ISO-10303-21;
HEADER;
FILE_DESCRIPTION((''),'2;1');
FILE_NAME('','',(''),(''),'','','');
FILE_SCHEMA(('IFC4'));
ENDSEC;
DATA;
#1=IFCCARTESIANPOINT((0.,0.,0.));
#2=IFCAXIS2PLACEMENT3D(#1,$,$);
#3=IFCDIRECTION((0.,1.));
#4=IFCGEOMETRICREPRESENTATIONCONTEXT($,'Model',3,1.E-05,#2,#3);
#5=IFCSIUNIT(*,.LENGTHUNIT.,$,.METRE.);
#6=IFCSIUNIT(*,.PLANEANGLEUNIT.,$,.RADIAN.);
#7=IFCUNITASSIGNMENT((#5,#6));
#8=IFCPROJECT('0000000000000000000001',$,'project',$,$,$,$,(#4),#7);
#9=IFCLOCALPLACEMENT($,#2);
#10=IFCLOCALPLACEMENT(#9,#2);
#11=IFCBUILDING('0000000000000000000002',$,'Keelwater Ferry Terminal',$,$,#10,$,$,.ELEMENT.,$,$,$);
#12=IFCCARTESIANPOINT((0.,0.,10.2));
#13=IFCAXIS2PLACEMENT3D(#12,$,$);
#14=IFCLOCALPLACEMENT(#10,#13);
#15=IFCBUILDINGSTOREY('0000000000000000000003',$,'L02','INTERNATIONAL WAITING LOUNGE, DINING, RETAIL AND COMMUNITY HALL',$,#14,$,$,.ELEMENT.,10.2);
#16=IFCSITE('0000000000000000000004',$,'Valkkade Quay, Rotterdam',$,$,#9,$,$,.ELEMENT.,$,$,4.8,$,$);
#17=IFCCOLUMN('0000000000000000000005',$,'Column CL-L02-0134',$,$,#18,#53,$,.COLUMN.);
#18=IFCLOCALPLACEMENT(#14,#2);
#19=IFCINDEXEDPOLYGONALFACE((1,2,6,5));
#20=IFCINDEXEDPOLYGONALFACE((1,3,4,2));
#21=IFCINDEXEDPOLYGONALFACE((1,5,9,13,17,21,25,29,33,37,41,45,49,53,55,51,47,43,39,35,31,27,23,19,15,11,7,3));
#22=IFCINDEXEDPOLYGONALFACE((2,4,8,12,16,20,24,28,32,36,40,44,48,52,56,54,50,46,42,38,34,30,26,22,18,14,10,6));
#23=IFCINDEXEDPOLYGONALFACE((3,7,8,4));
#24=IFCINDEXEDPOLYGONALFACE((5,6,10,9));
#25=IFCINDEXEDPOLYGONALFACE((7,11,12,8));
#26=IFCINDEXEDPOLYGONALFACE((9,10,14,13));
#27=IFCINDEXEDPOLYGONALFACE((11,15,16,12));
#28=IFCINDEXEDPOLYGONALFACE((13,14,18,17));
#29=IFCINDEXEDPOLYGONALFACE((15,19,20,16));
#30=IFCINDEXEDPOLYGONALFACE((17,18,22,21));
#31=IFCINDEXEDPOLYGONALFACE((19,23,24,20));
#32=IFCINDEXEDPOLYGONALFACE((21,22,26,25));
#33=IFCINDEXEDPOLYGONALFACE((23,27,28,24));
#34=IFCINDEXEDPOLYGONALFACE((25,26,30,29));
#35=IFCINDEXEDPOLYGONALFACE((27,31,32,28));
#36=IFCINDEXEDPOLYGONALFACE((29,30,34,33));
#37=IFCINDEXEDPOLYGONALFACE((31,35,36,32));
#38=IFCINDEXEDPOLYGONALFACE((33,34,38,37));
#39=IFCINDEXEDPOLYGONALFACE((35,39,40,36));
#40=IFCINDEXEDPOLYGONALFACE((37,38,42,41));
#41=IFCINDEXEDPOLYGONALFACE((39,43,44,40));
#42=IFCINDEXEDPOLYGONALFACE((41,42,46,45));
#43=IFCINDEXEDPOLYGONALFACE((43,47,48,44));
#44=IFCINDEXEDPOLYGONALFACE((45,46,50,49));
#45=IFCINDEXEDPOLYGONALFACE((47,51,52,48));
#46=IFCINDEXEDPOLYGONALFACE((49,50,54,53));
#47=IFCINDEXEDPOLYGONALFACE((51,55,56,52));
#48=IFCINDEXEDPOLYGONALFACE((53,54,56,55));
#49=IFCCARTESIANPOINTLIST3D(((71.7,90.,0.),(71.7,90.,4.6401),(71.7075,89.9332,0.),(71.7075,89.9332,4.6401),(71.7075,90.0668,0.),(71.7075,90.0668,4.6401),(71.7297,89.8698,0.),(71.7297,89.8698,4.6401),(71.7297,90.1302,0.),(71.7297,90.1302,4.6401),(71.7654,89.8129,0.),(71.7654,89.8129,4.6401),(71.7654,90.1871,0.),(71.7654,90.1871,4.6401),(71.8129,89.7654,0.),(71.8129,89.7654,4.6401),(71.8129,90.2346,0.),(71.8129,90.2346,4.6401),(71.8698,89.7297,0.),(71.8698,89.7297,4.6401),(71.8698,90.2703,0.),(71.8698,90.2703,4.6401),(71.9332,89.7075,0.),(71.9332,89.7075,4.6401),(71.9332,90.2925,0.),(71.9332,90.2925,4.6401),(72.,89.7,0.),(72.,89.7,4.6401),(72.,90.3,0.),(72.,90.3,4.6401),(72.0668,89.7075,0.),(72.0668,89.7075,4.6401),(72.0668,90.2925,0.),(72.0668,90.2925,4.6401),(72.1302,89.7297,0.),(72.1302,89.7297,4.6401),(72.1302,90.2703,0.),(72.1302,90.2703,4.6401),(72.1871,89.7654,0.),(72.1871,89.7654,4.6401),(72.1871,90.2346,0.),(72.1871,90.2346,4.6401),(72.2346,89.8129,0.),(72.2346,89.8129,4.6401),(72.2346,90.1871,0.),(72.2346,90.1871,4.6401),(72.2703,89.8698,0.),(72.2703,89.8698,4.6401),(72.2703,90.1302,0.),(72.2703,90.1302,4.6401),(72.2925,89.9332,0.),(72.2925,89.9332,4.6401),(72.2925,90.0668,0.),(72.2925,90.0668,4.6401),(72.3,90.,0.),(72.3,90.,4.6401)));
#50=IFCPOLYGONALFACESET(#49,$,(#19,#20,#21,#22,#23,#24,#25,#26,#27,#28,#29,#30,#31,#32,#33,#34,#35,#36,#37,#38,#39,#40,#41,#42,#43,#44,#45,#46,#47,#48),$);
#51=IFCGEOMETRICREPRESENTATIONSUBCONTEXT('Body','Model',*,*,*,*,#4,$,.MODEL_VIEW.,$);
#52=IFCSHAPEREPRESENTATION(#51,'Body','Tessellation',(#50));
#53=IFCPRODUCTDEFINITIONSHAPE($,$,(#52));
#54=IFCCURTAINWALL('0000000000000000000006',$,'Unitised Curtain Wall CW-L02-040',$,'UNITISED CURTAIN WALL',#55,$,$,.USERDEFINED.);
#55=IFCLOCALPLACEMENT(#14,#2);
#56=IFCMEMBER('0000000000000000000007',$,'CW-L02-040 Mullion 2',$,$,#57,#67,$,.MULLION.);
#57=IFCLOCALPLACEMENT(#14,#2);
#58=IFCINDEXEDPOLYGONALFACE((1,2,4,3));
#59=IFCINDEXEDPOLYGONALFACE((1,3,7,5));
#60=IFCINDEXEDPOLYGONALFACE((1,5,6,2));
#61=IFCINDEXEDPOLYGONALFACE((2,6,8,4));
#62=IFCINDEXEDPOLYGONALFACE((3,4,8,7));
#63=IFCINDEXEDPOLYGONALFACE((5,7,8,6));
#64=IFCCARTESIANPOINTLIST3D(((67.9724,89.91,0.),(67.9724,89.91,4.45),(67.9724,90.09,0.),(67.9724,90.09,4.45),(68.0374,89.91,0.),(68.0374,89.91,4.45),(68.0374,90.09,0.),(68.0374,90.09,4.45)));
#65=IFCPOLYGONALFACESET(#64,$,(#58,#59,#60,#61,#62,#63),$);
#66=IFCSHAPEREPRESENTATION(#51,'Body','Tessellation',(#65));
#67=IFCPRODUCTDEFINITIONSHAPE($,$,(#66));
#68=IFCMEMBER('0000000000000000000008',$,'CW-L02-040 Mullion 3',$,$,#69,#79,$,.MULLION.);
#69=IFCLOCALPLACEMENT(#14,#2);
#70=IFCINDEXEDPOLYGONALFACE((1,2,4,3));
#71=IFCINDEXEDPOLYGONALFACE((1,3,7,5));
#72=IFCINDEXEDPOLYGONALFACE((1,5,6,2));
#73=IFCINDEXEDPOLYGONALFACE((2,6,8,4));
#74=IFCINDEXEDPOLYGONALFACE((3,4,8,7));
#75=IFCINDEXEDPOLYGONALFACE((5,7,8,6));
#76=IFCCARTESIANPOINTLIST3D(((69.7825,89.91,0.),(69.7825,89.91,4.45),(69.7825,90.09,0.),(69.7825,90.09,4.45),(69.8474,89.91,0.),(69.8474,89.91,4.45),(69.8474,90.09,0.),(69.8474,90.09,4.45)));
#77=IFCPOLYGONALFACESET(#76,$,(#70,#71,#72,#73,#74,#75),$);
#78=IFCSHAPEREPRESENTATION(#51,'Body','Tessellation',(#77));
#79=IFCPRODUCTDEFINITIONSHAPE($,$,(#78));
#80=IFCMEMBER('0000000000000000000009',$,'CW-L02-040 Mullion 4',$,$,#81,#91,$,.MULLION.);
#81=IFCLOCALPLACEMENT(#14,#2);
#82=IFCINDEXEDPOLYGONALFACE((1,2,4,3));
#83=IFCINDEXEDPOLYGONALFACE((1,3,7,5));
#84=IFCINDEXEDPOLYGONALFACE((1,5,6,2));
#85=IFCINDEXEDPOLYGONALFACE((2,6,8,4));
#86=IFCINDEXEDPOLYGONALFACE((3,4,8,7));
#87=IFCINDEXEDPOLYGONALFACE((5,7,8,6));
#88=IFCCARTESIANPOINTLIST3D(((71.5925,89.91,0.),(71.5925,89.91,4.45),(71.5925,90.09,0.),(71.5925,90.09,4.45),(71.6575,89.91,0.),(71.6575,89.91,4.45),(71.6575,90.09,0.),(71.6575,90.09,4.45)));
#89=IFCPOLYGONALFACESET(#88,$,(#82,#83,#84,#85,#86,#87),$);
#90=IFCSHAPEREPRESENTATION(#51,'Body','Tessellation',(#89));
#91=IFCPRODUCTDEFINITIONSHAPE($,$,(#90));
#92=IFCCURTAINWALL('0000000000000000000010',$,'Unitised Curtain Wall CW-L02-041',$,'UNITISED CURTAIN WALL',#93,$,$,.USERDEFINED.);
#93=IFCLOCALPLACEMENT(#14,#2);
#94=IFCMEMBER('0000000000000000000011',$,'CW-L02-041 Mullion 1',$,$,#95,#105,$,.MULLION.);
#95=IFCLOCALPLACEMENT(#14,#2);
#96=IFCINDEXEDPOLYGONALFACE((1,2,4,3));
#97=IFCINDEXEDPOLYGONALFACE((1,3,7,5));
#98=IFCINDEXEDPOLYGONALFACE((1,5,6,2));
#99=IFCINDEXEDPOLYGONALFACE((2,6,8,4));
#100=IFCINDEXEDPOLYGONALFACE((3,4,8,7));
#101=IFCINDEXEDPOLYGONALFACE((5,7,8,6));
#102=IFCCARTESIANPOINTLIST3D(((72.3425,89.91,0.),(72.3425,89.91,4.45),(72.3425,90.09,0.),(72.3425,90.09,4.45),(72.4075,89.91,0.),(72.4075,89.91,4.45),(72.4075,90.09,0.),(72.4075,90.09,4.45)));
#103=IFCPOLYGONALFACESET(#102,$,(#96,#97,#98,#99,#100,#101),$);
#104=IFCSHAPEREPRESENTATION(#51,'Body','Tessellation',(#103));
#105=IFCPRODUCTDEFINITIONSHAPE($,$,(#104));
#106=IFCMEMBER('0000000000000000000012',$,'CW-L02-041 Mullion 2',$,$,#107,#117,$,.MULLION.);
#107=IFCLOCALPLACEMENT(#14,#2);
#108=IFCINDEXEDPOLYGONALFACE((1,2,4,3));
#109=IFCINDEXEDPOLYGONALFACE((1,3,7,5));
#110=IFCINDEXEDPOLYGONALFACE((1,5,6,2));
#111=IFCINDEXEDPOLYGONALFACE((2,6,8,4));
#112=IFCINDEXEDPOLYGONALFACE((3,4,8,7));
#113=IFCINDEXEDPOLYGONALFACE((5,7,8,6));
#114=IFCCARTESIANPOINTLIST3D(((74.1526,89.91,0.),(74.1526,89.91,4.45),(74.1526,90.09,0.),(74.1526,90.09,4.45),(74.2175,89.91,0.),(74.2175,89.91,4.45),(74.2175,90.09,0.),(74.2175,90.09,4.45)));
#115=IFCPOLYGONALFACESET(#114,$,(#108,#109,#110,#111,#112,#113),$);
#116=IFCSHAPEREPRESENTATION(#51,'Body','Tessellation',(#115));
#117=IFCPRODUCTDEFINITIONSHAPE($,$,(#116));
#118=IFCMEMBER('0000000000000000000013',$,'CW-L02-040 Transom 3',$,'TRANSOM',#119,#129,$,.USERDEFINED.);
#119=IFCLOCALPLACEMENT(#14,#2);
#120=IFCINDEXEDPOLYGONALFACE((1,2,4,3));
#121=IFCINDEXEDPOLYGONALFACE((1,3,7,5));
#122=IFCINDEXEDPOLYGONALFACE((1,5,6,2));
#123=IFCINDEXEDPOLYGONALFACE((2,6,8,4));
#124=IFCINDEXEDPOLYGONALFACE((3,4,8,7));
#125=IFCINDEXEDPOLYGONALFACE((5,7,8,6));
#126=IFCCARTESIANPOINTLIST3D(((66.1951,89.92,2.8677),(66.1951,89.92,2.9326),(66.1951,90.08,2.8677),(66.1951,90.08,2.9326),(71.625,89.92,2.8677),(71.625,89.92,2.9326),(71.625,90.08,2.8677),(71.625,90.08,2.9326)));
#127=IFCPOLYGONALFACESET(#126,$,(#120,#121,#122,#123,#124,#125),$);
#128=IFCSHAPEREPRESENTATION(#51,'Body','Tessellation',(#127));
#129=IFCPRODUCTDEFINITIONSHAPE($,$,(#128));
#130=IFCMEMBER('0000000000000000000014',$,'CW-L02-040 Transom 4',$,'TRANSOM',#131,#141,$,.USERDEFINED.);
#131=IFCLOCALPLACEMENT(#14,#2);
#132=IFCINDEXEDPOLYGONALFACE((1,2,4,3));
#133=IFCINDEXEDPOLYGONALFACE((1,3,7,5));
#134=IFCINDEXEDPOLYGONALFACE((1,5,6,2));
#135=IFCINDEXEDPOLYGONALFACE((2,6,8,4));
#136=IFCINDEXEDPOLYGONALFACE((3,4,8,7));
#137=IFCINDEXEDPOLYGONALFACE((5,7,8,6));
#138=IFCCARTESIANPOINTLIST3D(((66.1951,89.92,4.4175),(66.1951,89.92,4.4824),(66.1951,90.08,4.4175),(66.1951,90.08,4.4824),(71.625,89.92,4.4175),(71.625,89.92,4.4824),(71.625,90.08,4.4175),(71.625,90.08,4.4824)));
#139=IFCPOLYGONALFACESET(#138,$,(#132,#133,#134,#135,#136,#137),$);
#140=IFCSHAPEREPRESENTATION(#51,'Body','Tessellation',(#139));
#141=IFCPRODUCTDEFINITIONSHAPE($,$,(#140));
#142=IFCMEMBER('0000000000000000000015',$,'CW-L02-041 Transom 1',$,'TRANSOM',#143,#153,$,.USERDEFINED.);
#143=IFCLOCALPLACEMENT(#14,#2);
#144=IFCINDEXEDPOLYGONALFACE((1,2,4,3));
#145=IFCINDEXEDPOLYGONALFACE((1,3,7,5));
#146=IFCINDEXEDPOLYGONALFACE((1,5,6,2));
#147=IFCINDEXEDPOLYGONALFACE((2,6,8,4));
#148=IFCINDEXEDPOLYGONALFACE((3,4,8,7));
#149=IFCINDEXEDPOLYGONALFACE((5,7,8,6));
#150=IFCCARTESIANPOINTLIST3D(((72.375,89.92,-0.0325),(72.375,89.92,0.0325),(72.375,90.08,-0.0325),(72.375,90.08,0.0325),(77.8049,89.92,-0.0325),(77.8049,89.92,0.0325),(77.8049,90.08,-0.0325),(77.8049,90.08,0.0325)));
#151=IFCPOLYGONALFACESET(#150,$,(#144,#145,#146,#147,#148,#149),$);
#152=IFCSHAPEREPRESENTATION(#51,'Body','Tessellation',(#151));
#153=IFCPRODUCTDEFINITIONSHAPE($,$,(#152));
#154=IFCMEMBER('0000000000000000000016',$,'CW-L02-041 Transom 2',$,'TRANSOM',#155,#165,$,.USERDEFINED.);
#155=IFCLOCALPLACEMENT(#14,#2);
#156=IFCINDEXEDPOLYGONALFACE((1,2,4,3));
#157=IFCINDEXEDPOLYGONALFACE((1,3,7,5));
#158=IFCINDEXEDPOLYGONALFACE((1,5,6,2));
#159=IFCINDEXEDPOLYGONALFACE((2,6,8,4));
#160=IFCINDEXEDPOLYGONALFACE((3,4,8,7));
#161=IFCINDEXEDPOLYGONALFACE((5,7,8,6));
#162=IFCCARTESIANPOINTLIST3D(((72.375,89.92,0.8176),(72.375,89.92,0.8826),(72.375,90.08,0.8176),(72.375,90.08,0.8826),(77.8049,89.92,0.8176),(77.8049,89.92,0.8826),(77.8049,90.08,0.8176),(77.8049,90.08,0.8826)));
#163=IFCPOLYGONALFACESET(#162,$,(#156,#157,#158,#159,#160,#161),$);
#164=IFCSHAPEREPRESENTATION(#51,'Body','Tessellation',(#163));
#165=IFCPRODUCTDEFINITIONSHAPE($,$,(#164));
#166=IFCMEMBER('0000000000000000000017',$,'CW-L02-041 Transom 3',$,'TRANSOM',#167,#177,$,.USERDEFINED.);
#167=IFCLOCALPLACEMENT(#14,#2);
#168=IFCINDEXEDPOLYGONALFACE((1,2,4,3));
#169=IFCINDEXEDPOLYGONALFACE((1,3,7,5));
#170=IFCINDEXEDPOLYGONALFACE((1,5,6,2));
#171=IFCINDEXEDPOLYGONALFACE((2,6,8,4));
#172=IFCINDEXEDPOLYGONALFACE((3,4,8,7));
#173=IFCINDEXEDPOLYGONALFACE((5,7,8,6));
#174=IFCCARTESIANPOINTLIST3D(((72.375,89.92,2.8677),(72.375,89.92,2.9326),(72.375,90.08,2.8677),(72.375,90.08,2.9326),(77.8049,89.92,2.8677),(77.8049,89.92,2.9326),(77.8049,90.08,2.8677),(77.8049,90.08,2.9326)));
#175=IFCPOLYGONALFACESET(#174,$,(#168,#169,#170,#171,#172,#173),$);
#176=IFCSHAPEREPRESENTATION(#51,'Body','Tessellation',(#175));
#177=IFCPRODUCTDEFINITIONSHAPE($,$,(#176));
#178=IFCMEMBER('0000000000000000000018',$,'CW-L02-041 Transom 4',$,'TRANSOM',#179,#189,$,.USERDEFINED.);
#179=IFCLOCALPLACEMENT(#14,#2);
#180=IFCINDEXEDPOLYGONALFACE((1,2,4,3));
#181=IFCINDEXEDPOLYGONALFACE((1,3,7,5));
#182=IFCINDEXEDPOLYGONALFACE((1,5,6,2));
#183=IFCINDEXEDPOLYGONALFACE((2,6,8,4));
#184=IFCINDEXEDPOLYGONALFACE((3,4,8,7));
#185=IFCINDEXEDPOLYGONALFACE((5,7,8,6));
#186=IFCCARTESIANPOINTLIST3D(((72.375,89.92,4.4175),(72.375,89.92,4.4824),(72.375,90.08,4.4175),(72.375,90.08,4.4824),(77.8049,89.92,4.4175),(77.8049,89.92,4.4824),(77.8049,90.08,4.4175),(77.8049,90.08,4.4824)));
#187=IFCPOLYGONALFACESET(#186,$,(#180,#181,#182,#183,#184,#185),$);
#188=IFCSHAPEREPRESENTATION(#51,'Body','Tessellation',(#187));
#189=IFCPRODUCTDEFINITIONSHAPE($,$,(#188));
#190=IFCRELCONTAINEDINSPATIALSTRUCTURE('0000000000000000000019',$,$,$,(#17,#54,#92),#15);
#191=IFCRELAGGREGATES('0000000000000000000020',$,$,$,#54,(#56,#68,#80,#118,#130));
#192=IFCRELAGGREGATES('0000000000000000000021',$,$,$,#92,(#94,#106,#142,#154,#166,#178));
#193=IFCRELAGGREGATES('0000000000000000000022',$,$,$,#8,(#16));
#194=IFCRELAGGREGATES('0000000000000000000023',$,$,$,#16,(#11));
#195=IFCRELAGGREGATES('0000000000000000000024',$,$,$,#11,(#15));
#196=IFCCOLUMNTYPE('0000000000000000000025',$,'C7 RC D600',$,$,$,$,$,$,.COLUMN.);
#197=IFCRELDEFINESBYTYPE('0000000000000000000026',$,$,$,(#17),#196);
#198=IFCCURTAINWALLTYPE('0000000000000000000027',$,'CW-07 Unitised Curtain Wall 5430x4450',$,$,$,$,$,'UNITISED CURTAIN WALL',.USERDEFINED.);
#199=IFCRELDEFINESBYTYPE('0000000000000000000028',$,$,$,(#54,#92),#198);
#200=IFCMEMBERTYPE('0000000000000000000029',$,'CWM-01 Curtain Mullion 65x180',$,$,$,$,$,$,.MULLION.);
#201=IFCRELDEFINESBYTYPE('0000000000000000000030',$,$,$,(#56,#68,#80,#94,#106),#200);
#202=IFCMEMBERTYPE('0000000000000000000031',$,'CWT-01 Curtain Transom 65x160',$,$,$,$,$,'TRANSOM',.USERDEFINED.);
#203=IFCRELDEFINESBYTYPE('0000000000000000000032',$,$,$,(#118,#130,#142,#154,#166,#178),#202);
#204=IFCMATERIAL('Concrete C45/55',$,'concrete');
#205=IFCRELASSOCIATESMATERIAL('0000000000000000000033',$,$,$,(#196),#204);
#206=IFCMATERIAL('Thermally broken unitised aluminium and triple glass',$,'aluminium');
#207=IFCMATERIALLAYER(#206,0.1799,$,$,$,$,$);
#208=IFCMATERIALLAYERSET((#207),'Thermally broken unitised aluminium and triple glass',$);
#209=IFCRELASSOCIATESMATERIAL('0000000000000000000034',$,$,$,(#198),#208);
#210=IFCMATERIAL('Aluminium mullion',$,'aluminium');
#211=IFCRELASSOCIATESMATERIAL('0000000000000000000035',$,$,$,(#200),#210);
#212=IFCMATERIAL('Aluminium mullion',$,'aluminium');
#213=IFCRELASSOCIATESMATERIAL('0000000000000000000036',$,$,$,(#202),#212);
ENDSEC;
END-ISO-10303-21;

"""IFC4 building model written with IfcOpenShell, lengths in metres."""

from ifc_helpers import new_model, si_unit, direction, frame, origin, origin_2d, place, context, subcontext, project, spatial, rectangle, circle, extrude, material, layer, layer_set, material_profile, profile_set, type_object, element, aggregate, save


model = new_model("IFC4")

# Units and contexts
model_context = context("Model", 3, precision=1e-05, world=origin(), true_north=direction((0.0, 1.0)))
body_context = subcontext(model_context, "Body", "Model", "MODEL_VIEW")
ifc_project = project(units=[si_unit("LENGTHUNIT", "METRE"), si_unit("PLANEANGLEUNIT", "RADIAN")], contexts=[model_context])

# Site, building, storey
site_placement = place(None, origin())
site = spatial("IfcSite", under=ifc_project, at=site_placement, Name="Valkkade Quay, Rotterdam", CompositionType="ELEMENT", RefElevation=4.8)
building_placement = place(site_placement, origin())
building = spatial("IfcBuilding", under=site, at=building_placement, Name="Keelwater Ferry Terminal", CompositionType="ELEMENT")
storey_placement = place(building_placement, frame((0.0, 0.0, 10.2)))
storey = spatial("IfcBuildingStorey", under=building, at=storey_placement, Name="L02", Description="INTERNATIONAL WAITING LOUNGE, DINING, RETAIL AND COMMUNITY HALL", CompositionType="ELEMENT", Elevation=10.2)

# Column
ifc_material_1 = material(Name="Concrete C45/55", Category="concrete")
ifc_material_profile_1 = material_profile(ifc_material_1, circle(Radius=0.3, at=origin_2d()), Name="RC D600")
ifc_profile_set_1 = profile_set([ifc_material_profile_1], Name="Concrete C45/55")
column_type = type_object("IfcColumnType", Name="C7 RC D600", PredefinedType="COLUMN", material=ifc_profile_set_1)
column_placement = place(storey_placement, frame((72.0, 90.0, 0.0), z_axis=(0.0, 0.0, 1.0), x_axis=(1.0, 0.0, 0.0)))
element("IfcColumn", 1, at=column_placement, inside=storey, type_object=column_type, Name="Column CL-L02-0134", PredefinedType="COLUMN", context=body_context, shape_type="SweptSolid", body=[
    extrude(circle(Radius=0.3, at=origin_2d()), origin(), (0.0, 0.0, 1.0), 4.6401),
])

# Curtain walls, members
ifc_material_2 = material(Name="Thermally broken unitised aluminium and triple glass", Category="aluminium")
ifc_layer_1 = layer(ifc_material_2, 0.1799)
ifc_layer_set_1 = layer_set([ifc_layer_1], Name="Thermally broken unitised aluminium and triple glass")
curtain_wall_type = type_object("IfcCurtainWallType", Name="CW-07 Unitised Curtain Wall 5430x4450", ElementType="UNITISED CURTAIN WALL", PredefinedType="USERDEFINED", material=ifc_layer_set_1)
curtain_wall_1_placement = place(storey_placement, origin())
curtain_wall_1 = element("IfcCurtainWall", 2, at=curtain_wall_1_placement, inside=storey, type_object=curtain_wall_type, Name="Unitised Curtain Wall CW-L02-040", ObjectType="UNITISED CURTAIN WALL", PredefinedType="USERDEFINED")
ifc_material_3 = material(Name="Aluminium mullion", Category="aluminium")
ifc_material_profile_2 = material_profile(ifc_material_3, rectangle(XDim=0.0649, YDim=0.1799, at=origin_2d()), Name="CWM-01")
ifc_profile_set_2 = profile_set([ifc_material_profile_2], Name="Aluminium mullion")
member_type_1 = type_object("IfcMemberType", Name="CWM-01 Curtain Mullion 65x180", PredefinedType="MULLION", material=ifc_profile_set_2)
member_1_placement = place(storey_placement, frame((68.0049, 90.0, 0.0), z_axis=(0.0, 0.0, 1.0), x_axis=(1.0, 0.0, 0.0)))
member_1 = element("IfcMember", 3, at=member_1_placement, type_object=member_type_1, Name="CW-L02-040 Mullion 2", PredefinedType="MULLION", context=body_context, shape_type="SweptSolid", body=[
    extrude(rectangle(XDim=0.0649, YDim=0.1799, at=origin_2d()), origin(), (0.0, 0.0, 1.0), 4.45),
])
member_2_placement = place(storey_placement, frame((69.8149, 90.0, 0.0), z_axis=(0.0, 0.0, 1.0), x_axis=(1.0, 0.0, 0.0)))
member_2 = element("IfcMember", 4, at=member_2_placement, type_object=member_type_1, Name="CW-L02-040 Mullion 3", PredefinedType="MULLION", context=body_context, shape_type="SweptSolid", body=[
    extrude(rectangle(XDim=0.0649, YDim=0.1799, at=origin_2d()), origin(), (0.0, 0.0, 1.0), 4.45),
])
member_3_placement = place(storey_placement, frame((71.625, 90.0, 0.0), z_axis=(0.0, 0.0, 1.0), x_axis=(1.0, 0.0, 0.0)))
member_3 = element("IfcMember", 5, at=member_3_placement, type_object=member_type_1, Name="CW-L02-040 Mullion 4", PredefinedType="MULLION", context=body_context, shape_type="SweptSolid", body=[
    extrude(rectangle(XDim=0.0649, YDim=0.1799, at=origin_2d()), origin(), (0.0, 0.0, 1.0), 4.45),
])
curtain_wall_2_placement = place(storey_placement, origin())
curtain_wall_2 = element("IfcCurtainWall", 6, at=curtain_wall_2_placement, inside=storey, type_object=curtain_wall_type, Name="Unitised Curtain Wall CW-L02-041", ObjectType="UNITISED CURTAIN WALL", PredefinedType="USERDEFINED")
member_4_placement = place(storey_placement, frame((72.375, 90.0, 0.0), z_axis=(0.0, 0.0, 1.0), x_axis=(1.0, 0.0, 0.0)))
member_4 = element("IfcMember", 7, at=member_4_placement, type_object=member_type_1, Name="CW-L02-041 Mullion 1", PredefinedType="MULLION", context=body_context, shape_type="SweptSolid", body=[
    extrude(rectangle(XDim=0.0649, YDim=0.1799, at=origin_2d()), origin(), (0.0, 0.0, 1.0), 4.45),
])
member_5_placement = place(storey_placement, frame((74.1851, 90.0, 0.0), z_axis=(0.0, 0.0, 1.0), x_axis=(1.0, 0.0, 0.0)))
member_5 = element("IfcMember", 8, at=member_5_placement, type_object=member_type_1, Name="CW-L02-041 Mullion 2", PredefinedType="MULLION", context=body_context, shape_type="SweptSolid", body=[
    extrude(rectangle(XDim=0.0649, YDim=0.1799, at=origin_2d()), origin(), (0.0, 0.0, 1.0), 4.45),
])

# Members
ifc_material_4 = material(Name="Aluminium mullion", Category="aluminium")
ifc_material_profile_3 = material_profile(ifc_material_4, rectangle(XDim=0.1599, YDim=0.0649, at=origin_2d()), Name="CWT-01")
ifc_profile_set_3 = profile_set([ifc_material_profile_3], Name="Aluminium mullion")
member_type_2 = type_object("IfcMemberType", Name="CWT-01 Curtain Transom 65x160", ElementType="TRANSOM", PredefinedType="USERDEFINED", material=ifc_profile_set_3)
member_6_placement = place(storey_placement, frame((66.1951, 90.0, 2.9001), z_axis=(1.0, 0.0, 0.0), x_axis=(0.0, 1.0, 0.0)))
member_6 = element("IfcMember", 9, at=member_6_placement, type_object=member_type_2, Name="CW-L02-040 Transom 3", ObjectType="TRANSOM", PredefinedType="USERDEFINED", context=body_context, shape_type="SweptSolid", body=[
    extrude(rectangle(XDim=0.1599, YDim=0.0649, at=origin_2d()), origin(), (0.0, 0.0, 1.0), 5.4299),
])
member_7_placement = place(storey_placement, frame((66.1951, 90.0, 4.45), z_axis=(1.0, 0.0, 0.0), x_axis=(0.0, 1.0, 0.0)))
member_7 = element("IfcMember", 10, at=member_7_placement, type_object=member_type_2, Name="CW-L02-040 Transom 4", ObjectType="TRANSOM", PredefinedType="USERDEFINED", context=body_context, shape_type="SweptSolid", body=[
    extrude(rectangle(XDim=0.1599, YDim=0.0649, at=origin_2d()), origin(), (0.0, 0.0, 1.0), 5.4299),
])
member_8_placement = place(storey_placement, frame((72.375, 90.0, 0.0), z_axis=(1.0, 0.0, 0.0), x_axis=(0.0, 1.0, 0.0)))
member_8 = element("IfcMember", 11, at=member_8_placement, type_object=member_type_2, Name="CW-L02-041 Transom 1", ObjectType="TRANSOM", PredefinedType="USERDEFINED", context=body_context, shape_type="SweptSolid", body=[
    extrude(rectangle(XDim=0.1599, YDim=0.0649, at=origin_2d()), origin(), (0.0, 0.0, 1.0), 5.4299),
])
member_9_placement = place(storey_placement, frame((72.375, 90.0, 0.8501), z_axis=(1.0, 0.0, 0.0), x_axis=(0.0, 1.0, 0.0)))
member_9 = element("IfcMember", 12, at=member_9_placement, type_object=member_type_2, Name="CW-L02-041 Transom 2", ObjectType="TRANSOM", PredefinedType="USERDEFINED", context=body_context, shape_type="SweptSolid", body=[
    extrude(rectangle(XDim=0.1599, YDim=0.0649, at=origin_2d()), origin(), (0.0, 0.0, 1.0), 5.4299),
])
member_10_placement = place(storey_placement, frame((72.375, 90.0, 2.9001), z_axis=(1.0, 0.0, 0.0), x_axis=(0.0, 1.0, 0.0)))
member_10 = element("IfcMember", 13, at=member_10_placement, type_object=member_type_2, Name="CW-L02-041 Transom 3", ObjectType="TRANSOM", PredefinedType="USERDEFINED", context=body_context, shape_type="SweptSolid", body=[
    extrude(rectangle(XDim=0.1599, YDim=0.0649, at=origin_2d()), origin(), (0.0, 0.0, 1.0), 5.4299),
])
member_11_placement = place(storey_placement, frame((72.375, 90.0, 4.45), z_axis=(1.0, 0.0, 0.0), x_axis=(0.0, 1.0, 0.0)))
member_11 = element("IfcMember", 14, at=member_11_placement, type_object=member_type_2, Name="CW-L02-041 Transom 4", ObjectType="TRANSOM", PredefinedType="USERDEFINED", context=body_context, shape_type="SweptSolid", body=[
    extrude(rectangle(XDim=0.1599, YDim=0.0649, at=origin_2d()), origin(), (0.0, 0.0, 1.0), 5.4299),
])

aggregate(curtain_wall_1, [member_1, member_2, member_3, member_6, member_7])
aggregate(curtain_wall_2, [member_4, member_5, member_8, member_9, member_10, member_11])

save(model, "model.ifc")
